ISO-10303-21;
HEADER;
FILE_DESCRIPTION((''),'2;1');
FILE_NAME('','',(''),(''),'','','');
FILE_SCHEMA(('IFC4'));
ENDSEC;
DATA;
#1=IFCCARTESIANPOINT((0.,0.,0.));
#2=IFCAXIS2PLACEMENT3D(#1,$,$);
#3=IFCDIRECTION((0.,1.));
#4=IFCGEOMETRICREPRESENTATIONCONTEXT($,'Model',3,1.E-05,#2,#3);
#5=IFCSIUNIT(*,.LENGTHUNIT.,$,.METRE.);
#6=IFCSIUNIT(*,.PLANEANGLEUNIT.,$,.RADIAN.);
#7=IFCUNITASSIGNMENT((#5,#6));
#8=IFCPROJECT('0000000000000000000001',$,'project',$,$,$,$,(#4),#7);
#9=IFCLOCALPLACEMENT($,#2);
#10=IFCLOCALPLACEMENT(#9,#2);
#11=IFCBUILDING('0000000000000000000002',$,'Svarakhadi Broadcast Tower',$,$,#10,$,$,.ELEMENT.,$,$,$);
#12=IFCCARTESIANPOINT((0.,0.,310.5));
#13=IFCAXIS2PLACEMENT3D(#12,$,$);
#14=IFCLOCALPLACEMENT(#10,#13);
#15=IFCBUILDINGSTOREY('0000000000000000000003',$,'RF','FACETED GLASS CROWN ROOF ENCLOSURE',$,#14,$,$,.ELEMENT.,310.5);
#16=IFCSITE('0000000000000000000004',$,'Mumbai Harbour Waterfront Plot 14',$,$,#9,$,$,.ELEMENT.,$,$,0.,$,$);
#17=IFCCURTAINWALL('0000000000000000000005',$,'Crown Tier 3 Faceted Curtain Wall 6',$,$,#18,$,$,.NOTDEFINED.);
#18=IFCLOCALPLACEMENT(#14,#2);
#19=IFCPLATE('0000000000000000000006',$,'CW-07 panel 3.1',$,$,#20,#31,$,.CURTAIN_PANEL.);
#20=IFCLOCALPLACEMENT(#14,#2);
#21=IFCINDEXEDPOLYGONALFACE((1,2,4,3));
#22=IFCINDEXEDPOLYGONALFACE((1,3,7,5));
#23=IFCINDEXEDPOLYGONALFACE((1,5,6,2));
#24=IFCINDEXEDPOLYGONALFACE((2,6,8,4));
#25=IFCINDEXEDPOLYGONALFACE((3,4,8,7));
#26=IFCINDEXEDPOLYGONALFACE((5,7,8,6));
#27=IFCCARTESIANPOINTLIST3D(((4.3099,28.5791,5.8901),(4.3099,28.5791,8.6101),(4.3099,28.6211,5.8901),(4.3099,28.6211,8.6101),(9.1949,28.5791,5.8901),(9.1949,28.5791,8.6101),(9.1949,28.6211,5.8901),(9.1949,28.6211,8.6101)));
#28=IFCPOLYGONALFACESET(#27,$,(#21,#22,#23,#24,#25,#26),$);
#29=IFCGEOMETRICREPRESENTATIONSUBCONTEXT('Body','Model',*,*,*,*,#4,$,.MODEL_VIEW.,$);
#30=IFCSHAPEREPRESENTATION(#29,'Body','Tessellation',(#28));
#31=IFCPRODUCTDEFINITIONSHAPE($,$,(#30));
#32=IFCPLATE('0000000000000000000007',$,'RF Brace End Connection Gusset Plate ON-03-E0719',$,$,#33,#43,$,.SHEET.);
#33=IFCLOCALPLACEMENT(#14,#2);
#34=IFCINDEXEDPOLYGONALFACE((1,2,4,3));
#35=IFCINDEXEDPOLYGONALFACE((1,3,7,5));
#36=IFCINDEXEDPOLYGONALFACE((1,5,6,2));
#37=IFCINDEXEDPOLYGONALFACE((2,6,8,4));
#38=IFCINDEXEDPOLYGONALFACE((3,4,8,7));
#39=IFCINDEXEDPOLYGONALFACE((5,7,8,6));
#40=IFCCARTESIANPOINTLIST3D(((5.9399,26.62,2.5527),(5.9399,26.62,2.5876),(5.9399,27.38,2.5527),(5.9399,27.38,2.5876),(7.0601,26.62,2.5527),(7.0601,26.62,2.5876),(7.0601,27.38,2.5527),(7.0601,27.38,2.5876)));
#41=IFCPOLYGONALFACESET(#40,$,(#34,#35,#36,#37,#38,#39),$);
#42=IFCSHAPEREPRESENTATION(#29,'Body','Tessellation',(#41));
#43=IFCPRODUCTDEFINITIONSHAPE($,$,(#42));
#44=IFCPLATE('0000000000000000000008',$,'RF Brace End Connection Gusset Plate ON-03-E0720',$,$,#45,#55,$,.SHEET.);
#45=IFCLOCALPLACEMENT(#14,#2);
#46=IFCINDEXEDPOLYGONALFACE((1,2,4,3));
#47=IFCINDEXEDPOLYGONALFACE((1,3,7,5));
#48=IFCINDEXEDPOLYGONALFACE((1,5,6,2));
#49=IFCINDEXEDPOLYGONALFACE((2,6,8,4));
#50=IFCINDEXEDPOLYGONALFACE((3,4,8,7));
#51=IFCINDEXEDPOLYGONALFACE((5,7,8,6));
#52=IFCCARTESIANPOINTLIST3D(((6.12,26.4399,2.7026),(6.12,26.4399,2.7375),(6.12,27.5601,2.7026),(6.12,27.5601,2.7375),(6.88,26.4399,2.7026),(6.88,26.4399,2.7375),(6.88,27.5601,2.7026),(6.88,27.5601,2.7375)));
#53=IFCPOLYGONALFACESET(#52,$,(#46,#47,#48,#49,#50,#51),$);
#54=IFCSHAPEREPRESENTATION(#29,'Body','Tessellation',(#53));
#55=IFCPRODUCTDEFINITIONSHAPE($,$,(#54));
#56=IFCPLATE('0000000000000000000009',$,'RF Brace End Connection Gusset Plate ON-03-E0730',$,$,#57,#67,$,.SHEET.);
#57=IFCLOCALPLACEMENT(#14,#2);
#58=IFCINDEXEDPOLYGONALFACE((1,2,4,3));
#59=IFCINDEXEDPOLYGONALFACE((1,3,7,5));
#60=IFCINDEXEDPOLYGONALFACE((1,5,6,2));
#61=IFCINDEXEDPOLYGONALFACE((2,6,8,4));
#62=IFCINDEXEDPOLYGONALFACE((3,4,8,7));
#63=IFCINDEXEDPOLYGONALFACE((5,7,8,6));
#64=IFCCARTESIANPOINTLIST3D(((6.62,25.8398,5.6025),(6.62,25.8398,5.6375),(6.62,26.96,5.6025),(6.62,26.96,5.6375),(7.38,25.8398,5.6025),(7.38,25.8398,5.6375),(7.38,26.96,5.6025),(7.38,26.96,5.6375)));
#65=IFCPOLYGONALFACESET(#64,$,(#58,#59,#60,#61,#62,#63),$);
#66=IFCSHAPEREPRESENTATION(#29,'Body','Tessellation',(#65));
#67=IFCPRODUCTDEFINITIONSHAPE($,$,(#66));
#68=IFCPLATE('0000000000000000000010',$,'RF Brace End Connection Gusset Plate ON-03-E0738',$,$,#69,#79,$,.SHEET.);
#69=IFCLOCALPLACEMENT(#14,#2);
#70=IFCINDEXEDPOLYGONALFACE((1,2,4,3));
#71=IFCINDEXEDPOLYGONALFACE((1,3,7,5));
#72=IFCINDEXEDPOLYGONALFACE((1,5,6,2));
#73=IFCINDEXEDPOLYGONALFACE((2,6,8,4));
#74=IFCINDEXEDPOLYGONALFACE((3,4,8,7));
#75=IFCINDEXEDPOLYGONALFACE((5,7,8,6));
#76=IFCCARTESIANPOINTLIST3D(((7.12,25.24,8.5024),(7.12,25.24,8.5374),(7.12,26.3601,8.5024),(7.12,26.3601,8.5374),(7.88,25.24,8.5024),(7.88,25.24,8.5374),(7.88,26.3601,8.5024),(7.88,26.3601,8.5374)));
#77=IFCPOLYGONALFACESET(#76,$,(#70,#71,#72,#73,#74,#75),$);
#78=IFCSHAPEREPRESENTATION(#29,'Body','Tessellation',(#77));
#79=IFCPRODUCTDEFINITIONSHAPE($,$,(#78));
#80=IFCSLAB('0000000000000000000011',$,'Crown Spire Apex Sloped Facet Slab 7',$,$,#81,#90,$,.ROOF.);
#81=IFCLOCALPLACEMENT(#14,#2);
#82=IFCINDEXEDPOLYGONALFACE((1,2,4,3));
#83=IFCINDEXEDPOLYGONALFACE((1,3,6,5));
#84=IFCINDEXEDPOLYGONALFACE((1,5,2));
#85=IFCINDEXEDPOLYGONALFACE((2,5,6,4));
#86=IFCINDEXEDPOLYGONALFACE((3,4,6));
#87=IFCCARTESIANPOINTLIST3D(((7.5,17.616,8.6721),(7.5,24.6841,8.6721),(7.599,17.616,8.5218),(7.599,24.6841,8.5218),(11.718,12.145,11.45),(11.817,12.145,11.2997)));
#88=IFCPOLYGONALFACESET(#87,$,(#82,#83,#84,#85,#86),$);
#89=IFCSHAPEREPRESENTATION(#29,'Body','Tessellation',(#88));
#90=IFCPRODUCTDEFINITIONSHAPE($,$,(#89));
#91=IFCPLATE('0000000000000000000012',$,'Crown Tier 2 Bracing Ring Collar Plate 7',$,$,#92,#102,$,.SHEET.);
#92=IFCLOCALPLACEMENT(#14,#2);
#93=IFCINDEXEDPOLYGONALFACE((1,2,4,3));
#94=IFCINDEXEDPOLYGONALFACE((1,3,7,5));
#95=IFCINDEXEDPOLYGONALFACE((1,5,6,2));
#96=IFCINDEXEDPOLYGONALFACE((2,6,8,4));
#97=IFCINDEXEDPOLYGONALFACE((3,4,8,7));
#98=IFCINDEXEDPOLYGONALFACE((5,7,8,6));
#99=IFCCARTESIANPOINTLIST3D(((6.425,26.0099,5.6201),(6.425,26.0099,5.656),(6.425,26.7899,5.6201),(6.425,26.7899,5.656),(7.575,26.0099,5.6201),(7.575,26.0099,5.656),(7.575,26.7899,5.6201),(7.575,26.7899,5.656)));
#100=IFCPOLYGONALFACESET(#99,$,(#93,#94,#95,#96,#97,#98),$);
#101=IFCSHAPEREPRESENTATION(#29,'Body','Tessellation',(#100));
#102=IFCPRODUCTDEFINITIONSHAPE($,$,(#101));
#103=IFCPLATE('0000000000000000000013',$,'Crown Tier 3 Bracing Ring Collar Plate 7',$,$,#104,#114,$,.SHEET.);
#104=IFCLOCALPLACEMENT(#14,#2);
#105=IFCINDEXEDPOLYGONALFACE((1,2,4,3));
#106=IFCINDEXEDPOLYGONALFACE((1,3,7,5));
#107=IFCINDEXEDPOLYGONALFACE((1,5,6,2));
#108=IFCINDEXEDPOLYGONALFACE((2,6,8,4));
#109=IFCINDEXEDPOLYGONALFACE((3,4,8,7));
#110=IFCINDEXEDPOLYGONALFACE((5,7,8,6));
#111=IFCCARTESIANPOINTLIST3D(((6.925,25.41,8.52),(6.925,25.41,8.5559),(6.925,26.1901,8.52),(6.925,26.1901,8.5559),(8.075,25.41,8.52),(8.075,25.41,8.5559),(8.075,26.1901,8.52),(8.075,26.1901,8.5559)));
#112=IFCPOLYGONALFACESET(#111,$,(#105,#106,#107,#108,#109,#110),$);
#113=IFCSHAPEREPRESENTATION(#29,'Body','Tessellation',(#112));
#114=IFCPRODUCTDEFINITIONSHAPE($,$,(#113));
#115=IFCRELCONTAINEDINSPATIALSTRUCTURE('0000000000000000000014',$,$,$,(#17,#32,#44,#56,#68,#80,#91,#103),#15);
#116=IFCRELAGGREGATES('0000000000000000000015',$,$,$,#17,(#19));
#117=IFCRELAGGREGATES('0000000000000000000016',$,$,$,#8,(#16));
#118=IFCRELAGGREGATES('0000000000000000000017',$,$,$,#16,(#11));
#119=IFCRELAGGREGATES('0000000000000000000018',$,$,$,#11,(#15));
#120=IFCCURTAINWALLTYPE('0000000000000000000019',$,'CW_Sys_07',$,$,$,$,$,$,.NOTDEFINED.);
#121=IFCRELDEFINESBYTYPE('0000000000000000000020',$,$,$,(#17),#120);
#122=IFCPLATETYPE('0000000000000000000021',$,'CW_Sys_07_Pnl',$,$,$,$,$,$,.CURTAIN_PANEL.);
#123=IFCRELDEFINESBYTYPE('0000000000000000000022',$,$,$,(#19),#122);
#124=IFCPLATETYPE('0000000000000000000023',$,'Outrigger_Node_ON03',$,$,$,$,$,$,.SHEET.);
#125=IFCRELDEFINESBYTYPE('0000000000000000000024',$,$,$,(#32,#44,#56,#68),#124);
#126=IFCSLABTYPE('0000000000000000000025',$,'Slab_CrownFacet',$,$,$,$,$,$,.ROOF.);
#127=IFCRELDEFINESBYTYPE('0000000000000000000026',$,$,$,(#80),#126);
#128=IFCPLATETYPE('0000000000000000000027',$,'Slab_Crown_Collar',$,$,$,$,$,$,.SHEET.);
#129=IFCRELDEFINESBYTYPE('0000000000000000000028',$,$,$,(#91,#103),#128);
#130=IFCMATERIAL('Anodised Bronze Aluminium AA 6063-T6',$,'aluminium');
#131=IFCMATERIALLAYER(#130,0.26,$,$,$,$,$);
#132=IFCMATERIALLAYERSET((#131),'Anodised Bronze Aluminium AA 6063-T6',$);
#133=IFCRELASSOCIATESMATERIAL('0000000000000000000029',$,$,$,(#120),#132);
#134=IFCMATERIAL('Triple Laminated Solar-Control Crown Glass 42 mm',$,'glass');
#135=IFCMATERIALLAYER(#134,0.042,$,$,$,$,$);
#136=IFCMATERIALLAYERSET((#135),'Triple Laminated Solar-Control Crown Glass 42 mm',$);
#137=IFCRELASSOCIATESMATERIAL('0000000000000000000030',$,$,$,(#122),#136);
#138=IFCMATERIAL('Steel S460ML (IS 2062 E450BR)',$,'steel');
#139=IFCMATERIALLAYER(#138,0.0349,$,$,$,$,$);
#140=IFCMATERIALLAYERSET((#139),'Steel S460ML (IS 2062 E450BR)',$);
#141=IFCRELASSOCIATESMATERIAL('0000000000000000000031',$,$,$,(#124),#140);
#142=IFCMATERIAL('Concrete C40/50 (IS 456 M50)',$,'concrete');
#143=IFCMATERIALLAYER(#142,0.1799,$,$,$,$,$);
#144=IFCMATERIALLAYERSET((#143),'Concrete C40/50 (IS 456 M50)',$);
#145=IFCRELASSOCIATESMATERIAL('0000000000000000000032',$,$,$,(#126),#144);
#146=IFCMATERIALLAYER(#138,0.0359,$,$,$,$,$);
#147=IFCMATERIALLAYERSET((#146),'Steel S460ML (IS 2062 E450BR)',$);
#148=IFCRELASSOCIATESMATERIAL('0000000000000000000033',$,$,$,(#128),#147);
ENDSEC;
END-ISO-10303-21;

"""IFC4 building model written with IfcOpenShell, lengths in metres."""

from ifc_helpers import new_model, si_unit, direction, frame, origin, origin_2d, place, context, subcontext, project, spatial, polyline, rectangle, outline, extrude, material, layer, layer_set, type_object, element, aggregate, save


model = new_model("IFC4")

# Units and contexts
model_context = context("Model", 3, precision=1e-05, world=origin(), true_north=direction((0.0, 1.0)))
body_context = subcontext(model_context, "Body", "Model", "MODEL_VIEW")
ifc_project = project(units=[si_unit("LENGTHUNIT", "METRE"), si_unit("PLANEANGLEUNIT", "RADIAN")], contexts=[model_context])

# Site, building, storey
site_placement = place(None, origin())
site = spatial("IfcSite", under=ifc_project, at=site_placement, Name="Mumbai Harbour Waterfront Plot 14", CompositionType="ELEMENT", RefElevation=0.0)
building_placement = place(site_placement, origin())
building = spatial("IfcBuilding", under=site, at=building_placement, Name="Svarakhadi Broadcast Tower", CompositionType="ELEMENT")
storey_placement = place(building_placement, frame((0.0, 0.0, 310.5)))
storey = spatial("IfcBuildingStorey", under=building, at=storey_placement, Name="RF", Description="FACETED GLASS CROWN ROOF ENCLOSURE", CompositionType="ELEMENT", Elevation=310.5)

# Shared definitions
ifc_material_1 = material(Name="Anodised Bronze Aluminium AA 6063-T6", Category="aluminium")
ifc_layer_1 = layer(ifc_material_1, 0.26)
ifc_layer_set_1 = layer_set([ifc_layer_1], Name="Anodised Bronze Aluminium AA 6063-T6")
curtain_wall_type = type_object("IfcCurtainWallType", Name="CW_Sys_07", PredefinedType="NOTDEFINED", material=ifc_layer_set_1)

# Curtain wall
curtain_wall_1_placement = place(storey_placement, origin())
curtain_wall_1 = element("IfcCurtainWall", 1, at=curtain_wall_1_placement, inside=storey, type_object=curtain_wall_type, Name="Crown Tier 3 Faceted Curtain Wall 6", PredefinedType="NOTDEFINED")

# Shared definitions
ifc_material_2 = material(Name="Steel S460ML (IS 2062 E450BR)", Category="steel")

# Plate
ifc_material_3 = material(Name="Triple Laminated Solar-Control Crown Glass 42 mm", Category="glass")
ifc_layer_2 = layer(ifc_material_3, 0.042)
ifc_layer_set_2 = layer_set([ifc_layer_2], Name="Triple Laminated Solar-Control Crown Glass 42 mm")
plate_type_1 = type_object("IfcPlateType", Name="CW_Sys_07_Pnl", PredefinedType="CURTAIN_PANEL", material=ifc_layer_set_2)
plate_1_placement = place(storey_placement, frame((6.7524, 28.6001, 5.8901), z_axis=(0.0, 0.0, 1.0), x_axis=(-1.0, 0.0, 0.0)))
plate_1 = element("IfcPlate", 2, at=plate_1_placement, type_object=plate_type_1, Name="CW-07 panel 3.1", PredefinedType="CURTAIN_PANEL", context=body_context, shape_type="SweptSolid", body=[
    extrude(rectangle(XDim=4.885, YDim=0.042, at=origin_2d()), origin(), (0.0, 0.0, 1.0), 2.72),
])
aggregate(curtain_wall_1, [plate_1])

# Plates
ifc_layer_3 = layer(ifc_material_2, 0.0349)
ifc_layer_set_3 = layer_set([ifc_layer_3], Name="Steel S460ML (IS 2062 E450BR)")
plate_type_2 = type_object("IfcPlateType", Name="Outrigger_Node_ON03", PredefinedType="SHEET", material=ifc_layer_set_3)
for number, where, z_axis, x_axis, name in (
    (3, (6.5, 27.0, 2.5527), (0.0, 0.0, 1.0), (1.0, 0.0, 0.0), "RF Brace End Connection Gusset Plate ON-03-E0719"),
    (4, (6.5, 27.0, 2.7026), (0.0, 0.0, 1.0), (0.0, 1.0, 0.0), "RF Brace End Connection Gusset Plate ON-03-E0720"),
    (5, (7.0, 26.3999, 5.6025), (0.0, 0.0, 1.0), (0.0, 1.0, 0.0), "RF Brace End Connection Gusset Plate ON-03-E0730"),
    (6, (7.5, 25.8, 8.5024), (0.0, 0.0, 1.0), (0.0, 1.0, 0.0), "RF Brace End Connection Gusset Plate ON-03-E0738"),
):
    element("IfcPlate", number, at=place(storey_placement, frame(where, z_axis=z_axis, x_axis=x_axis)), inside=storey, type_object=plate_type_2, Name=name, PredefinedType="SHEET", context=body_context, shape_type="SweptSolid", body=[
        extrude(rectangle(XDim=1.1201, YDim=0.76, at=origin_2d()), origin(), (0.0, 0.0, 1.0), 0.0349),
    ])

# Slab
ifc_material_4 = material(Name="Concrete C40/50 (IS 456 M50)", Category="concrete")
ifc_layer_4 = layer(ifc_material_4, 0.1799)
ifc_layer_set_4 = layer_set([ifc_layer_4], Name="Concrete C40/50 (IS 456 M50)")
slab_type = type_object("IfcSlabType", Name="Slab_CrownFacet", PredefinedType="ROOF", material=ifc_layer_set_4)
slab_placement = place(storey_placement, frame((7.5, 24.6841, 8.6721), z_axis=(-0.550006, 0.0, 0.835161), x_axis=(0.0, -1.0, 0.0)))
element("IfcSlab", 7, at=slab_placement, inside=storey, type_object=slab_type, Name="Crown Spire Apex Sloped Facet Slab 7", PredefinedType="ROOF", context=body_context, shape_type="SweptSolid", body=[
    extrude(outline(polyline([(0.0, 0.0), (7.0681, 0.0), (12.5391, 5.0505), (0.0, 0.0)])), origin(), (0.0, 0.0, -1.0), 0.1799),
])

# Plates
ifc_layer_5 = layer(ifc_material_2, 0.0359)
ifc_layer_set_5 = layer_set([ifc_layer_5], Name="Steel S460ML (IS 2062 E450BR)")
plate_type_3 = type_object("IfcPlateType", Name="Slab_Crown_Collar", PredefinedType="SHEET", material=ifc_layer_set_5)
for number, where, z_axis, x_axis, name in (
    (8, (7.0, 26.3999, 5.6201), (0.0, 0.0, 1.0), (1.0, 0.0, 0.0), "Crown Tier 2 Bracing Ring Collar Plate 7"),
    (9, (7.5, 25.8, 8.52), (0.0, 0.0, 1.0), (1.0, 0.0, 0.0), "Crown Tier 3 Bracing Ring Collar Plate 7"),
):
    element("IfcPlate", number, at=place(storey_placement, frame(where, z_axis=z_axis, x_axis=x_axis)), inside=storey, type_object=plate_type_3, Name=name, PredefinedType="SHEET", context=body_context, shape_type="SweptSolid", body=[
        extrude(rectangle(XDim=1.1499, YDim=0.78, at=origin_2d()), origin(), (0.0, 0.0, 1.0), 0.0359),
    ])

save(model, "model.ifc")
